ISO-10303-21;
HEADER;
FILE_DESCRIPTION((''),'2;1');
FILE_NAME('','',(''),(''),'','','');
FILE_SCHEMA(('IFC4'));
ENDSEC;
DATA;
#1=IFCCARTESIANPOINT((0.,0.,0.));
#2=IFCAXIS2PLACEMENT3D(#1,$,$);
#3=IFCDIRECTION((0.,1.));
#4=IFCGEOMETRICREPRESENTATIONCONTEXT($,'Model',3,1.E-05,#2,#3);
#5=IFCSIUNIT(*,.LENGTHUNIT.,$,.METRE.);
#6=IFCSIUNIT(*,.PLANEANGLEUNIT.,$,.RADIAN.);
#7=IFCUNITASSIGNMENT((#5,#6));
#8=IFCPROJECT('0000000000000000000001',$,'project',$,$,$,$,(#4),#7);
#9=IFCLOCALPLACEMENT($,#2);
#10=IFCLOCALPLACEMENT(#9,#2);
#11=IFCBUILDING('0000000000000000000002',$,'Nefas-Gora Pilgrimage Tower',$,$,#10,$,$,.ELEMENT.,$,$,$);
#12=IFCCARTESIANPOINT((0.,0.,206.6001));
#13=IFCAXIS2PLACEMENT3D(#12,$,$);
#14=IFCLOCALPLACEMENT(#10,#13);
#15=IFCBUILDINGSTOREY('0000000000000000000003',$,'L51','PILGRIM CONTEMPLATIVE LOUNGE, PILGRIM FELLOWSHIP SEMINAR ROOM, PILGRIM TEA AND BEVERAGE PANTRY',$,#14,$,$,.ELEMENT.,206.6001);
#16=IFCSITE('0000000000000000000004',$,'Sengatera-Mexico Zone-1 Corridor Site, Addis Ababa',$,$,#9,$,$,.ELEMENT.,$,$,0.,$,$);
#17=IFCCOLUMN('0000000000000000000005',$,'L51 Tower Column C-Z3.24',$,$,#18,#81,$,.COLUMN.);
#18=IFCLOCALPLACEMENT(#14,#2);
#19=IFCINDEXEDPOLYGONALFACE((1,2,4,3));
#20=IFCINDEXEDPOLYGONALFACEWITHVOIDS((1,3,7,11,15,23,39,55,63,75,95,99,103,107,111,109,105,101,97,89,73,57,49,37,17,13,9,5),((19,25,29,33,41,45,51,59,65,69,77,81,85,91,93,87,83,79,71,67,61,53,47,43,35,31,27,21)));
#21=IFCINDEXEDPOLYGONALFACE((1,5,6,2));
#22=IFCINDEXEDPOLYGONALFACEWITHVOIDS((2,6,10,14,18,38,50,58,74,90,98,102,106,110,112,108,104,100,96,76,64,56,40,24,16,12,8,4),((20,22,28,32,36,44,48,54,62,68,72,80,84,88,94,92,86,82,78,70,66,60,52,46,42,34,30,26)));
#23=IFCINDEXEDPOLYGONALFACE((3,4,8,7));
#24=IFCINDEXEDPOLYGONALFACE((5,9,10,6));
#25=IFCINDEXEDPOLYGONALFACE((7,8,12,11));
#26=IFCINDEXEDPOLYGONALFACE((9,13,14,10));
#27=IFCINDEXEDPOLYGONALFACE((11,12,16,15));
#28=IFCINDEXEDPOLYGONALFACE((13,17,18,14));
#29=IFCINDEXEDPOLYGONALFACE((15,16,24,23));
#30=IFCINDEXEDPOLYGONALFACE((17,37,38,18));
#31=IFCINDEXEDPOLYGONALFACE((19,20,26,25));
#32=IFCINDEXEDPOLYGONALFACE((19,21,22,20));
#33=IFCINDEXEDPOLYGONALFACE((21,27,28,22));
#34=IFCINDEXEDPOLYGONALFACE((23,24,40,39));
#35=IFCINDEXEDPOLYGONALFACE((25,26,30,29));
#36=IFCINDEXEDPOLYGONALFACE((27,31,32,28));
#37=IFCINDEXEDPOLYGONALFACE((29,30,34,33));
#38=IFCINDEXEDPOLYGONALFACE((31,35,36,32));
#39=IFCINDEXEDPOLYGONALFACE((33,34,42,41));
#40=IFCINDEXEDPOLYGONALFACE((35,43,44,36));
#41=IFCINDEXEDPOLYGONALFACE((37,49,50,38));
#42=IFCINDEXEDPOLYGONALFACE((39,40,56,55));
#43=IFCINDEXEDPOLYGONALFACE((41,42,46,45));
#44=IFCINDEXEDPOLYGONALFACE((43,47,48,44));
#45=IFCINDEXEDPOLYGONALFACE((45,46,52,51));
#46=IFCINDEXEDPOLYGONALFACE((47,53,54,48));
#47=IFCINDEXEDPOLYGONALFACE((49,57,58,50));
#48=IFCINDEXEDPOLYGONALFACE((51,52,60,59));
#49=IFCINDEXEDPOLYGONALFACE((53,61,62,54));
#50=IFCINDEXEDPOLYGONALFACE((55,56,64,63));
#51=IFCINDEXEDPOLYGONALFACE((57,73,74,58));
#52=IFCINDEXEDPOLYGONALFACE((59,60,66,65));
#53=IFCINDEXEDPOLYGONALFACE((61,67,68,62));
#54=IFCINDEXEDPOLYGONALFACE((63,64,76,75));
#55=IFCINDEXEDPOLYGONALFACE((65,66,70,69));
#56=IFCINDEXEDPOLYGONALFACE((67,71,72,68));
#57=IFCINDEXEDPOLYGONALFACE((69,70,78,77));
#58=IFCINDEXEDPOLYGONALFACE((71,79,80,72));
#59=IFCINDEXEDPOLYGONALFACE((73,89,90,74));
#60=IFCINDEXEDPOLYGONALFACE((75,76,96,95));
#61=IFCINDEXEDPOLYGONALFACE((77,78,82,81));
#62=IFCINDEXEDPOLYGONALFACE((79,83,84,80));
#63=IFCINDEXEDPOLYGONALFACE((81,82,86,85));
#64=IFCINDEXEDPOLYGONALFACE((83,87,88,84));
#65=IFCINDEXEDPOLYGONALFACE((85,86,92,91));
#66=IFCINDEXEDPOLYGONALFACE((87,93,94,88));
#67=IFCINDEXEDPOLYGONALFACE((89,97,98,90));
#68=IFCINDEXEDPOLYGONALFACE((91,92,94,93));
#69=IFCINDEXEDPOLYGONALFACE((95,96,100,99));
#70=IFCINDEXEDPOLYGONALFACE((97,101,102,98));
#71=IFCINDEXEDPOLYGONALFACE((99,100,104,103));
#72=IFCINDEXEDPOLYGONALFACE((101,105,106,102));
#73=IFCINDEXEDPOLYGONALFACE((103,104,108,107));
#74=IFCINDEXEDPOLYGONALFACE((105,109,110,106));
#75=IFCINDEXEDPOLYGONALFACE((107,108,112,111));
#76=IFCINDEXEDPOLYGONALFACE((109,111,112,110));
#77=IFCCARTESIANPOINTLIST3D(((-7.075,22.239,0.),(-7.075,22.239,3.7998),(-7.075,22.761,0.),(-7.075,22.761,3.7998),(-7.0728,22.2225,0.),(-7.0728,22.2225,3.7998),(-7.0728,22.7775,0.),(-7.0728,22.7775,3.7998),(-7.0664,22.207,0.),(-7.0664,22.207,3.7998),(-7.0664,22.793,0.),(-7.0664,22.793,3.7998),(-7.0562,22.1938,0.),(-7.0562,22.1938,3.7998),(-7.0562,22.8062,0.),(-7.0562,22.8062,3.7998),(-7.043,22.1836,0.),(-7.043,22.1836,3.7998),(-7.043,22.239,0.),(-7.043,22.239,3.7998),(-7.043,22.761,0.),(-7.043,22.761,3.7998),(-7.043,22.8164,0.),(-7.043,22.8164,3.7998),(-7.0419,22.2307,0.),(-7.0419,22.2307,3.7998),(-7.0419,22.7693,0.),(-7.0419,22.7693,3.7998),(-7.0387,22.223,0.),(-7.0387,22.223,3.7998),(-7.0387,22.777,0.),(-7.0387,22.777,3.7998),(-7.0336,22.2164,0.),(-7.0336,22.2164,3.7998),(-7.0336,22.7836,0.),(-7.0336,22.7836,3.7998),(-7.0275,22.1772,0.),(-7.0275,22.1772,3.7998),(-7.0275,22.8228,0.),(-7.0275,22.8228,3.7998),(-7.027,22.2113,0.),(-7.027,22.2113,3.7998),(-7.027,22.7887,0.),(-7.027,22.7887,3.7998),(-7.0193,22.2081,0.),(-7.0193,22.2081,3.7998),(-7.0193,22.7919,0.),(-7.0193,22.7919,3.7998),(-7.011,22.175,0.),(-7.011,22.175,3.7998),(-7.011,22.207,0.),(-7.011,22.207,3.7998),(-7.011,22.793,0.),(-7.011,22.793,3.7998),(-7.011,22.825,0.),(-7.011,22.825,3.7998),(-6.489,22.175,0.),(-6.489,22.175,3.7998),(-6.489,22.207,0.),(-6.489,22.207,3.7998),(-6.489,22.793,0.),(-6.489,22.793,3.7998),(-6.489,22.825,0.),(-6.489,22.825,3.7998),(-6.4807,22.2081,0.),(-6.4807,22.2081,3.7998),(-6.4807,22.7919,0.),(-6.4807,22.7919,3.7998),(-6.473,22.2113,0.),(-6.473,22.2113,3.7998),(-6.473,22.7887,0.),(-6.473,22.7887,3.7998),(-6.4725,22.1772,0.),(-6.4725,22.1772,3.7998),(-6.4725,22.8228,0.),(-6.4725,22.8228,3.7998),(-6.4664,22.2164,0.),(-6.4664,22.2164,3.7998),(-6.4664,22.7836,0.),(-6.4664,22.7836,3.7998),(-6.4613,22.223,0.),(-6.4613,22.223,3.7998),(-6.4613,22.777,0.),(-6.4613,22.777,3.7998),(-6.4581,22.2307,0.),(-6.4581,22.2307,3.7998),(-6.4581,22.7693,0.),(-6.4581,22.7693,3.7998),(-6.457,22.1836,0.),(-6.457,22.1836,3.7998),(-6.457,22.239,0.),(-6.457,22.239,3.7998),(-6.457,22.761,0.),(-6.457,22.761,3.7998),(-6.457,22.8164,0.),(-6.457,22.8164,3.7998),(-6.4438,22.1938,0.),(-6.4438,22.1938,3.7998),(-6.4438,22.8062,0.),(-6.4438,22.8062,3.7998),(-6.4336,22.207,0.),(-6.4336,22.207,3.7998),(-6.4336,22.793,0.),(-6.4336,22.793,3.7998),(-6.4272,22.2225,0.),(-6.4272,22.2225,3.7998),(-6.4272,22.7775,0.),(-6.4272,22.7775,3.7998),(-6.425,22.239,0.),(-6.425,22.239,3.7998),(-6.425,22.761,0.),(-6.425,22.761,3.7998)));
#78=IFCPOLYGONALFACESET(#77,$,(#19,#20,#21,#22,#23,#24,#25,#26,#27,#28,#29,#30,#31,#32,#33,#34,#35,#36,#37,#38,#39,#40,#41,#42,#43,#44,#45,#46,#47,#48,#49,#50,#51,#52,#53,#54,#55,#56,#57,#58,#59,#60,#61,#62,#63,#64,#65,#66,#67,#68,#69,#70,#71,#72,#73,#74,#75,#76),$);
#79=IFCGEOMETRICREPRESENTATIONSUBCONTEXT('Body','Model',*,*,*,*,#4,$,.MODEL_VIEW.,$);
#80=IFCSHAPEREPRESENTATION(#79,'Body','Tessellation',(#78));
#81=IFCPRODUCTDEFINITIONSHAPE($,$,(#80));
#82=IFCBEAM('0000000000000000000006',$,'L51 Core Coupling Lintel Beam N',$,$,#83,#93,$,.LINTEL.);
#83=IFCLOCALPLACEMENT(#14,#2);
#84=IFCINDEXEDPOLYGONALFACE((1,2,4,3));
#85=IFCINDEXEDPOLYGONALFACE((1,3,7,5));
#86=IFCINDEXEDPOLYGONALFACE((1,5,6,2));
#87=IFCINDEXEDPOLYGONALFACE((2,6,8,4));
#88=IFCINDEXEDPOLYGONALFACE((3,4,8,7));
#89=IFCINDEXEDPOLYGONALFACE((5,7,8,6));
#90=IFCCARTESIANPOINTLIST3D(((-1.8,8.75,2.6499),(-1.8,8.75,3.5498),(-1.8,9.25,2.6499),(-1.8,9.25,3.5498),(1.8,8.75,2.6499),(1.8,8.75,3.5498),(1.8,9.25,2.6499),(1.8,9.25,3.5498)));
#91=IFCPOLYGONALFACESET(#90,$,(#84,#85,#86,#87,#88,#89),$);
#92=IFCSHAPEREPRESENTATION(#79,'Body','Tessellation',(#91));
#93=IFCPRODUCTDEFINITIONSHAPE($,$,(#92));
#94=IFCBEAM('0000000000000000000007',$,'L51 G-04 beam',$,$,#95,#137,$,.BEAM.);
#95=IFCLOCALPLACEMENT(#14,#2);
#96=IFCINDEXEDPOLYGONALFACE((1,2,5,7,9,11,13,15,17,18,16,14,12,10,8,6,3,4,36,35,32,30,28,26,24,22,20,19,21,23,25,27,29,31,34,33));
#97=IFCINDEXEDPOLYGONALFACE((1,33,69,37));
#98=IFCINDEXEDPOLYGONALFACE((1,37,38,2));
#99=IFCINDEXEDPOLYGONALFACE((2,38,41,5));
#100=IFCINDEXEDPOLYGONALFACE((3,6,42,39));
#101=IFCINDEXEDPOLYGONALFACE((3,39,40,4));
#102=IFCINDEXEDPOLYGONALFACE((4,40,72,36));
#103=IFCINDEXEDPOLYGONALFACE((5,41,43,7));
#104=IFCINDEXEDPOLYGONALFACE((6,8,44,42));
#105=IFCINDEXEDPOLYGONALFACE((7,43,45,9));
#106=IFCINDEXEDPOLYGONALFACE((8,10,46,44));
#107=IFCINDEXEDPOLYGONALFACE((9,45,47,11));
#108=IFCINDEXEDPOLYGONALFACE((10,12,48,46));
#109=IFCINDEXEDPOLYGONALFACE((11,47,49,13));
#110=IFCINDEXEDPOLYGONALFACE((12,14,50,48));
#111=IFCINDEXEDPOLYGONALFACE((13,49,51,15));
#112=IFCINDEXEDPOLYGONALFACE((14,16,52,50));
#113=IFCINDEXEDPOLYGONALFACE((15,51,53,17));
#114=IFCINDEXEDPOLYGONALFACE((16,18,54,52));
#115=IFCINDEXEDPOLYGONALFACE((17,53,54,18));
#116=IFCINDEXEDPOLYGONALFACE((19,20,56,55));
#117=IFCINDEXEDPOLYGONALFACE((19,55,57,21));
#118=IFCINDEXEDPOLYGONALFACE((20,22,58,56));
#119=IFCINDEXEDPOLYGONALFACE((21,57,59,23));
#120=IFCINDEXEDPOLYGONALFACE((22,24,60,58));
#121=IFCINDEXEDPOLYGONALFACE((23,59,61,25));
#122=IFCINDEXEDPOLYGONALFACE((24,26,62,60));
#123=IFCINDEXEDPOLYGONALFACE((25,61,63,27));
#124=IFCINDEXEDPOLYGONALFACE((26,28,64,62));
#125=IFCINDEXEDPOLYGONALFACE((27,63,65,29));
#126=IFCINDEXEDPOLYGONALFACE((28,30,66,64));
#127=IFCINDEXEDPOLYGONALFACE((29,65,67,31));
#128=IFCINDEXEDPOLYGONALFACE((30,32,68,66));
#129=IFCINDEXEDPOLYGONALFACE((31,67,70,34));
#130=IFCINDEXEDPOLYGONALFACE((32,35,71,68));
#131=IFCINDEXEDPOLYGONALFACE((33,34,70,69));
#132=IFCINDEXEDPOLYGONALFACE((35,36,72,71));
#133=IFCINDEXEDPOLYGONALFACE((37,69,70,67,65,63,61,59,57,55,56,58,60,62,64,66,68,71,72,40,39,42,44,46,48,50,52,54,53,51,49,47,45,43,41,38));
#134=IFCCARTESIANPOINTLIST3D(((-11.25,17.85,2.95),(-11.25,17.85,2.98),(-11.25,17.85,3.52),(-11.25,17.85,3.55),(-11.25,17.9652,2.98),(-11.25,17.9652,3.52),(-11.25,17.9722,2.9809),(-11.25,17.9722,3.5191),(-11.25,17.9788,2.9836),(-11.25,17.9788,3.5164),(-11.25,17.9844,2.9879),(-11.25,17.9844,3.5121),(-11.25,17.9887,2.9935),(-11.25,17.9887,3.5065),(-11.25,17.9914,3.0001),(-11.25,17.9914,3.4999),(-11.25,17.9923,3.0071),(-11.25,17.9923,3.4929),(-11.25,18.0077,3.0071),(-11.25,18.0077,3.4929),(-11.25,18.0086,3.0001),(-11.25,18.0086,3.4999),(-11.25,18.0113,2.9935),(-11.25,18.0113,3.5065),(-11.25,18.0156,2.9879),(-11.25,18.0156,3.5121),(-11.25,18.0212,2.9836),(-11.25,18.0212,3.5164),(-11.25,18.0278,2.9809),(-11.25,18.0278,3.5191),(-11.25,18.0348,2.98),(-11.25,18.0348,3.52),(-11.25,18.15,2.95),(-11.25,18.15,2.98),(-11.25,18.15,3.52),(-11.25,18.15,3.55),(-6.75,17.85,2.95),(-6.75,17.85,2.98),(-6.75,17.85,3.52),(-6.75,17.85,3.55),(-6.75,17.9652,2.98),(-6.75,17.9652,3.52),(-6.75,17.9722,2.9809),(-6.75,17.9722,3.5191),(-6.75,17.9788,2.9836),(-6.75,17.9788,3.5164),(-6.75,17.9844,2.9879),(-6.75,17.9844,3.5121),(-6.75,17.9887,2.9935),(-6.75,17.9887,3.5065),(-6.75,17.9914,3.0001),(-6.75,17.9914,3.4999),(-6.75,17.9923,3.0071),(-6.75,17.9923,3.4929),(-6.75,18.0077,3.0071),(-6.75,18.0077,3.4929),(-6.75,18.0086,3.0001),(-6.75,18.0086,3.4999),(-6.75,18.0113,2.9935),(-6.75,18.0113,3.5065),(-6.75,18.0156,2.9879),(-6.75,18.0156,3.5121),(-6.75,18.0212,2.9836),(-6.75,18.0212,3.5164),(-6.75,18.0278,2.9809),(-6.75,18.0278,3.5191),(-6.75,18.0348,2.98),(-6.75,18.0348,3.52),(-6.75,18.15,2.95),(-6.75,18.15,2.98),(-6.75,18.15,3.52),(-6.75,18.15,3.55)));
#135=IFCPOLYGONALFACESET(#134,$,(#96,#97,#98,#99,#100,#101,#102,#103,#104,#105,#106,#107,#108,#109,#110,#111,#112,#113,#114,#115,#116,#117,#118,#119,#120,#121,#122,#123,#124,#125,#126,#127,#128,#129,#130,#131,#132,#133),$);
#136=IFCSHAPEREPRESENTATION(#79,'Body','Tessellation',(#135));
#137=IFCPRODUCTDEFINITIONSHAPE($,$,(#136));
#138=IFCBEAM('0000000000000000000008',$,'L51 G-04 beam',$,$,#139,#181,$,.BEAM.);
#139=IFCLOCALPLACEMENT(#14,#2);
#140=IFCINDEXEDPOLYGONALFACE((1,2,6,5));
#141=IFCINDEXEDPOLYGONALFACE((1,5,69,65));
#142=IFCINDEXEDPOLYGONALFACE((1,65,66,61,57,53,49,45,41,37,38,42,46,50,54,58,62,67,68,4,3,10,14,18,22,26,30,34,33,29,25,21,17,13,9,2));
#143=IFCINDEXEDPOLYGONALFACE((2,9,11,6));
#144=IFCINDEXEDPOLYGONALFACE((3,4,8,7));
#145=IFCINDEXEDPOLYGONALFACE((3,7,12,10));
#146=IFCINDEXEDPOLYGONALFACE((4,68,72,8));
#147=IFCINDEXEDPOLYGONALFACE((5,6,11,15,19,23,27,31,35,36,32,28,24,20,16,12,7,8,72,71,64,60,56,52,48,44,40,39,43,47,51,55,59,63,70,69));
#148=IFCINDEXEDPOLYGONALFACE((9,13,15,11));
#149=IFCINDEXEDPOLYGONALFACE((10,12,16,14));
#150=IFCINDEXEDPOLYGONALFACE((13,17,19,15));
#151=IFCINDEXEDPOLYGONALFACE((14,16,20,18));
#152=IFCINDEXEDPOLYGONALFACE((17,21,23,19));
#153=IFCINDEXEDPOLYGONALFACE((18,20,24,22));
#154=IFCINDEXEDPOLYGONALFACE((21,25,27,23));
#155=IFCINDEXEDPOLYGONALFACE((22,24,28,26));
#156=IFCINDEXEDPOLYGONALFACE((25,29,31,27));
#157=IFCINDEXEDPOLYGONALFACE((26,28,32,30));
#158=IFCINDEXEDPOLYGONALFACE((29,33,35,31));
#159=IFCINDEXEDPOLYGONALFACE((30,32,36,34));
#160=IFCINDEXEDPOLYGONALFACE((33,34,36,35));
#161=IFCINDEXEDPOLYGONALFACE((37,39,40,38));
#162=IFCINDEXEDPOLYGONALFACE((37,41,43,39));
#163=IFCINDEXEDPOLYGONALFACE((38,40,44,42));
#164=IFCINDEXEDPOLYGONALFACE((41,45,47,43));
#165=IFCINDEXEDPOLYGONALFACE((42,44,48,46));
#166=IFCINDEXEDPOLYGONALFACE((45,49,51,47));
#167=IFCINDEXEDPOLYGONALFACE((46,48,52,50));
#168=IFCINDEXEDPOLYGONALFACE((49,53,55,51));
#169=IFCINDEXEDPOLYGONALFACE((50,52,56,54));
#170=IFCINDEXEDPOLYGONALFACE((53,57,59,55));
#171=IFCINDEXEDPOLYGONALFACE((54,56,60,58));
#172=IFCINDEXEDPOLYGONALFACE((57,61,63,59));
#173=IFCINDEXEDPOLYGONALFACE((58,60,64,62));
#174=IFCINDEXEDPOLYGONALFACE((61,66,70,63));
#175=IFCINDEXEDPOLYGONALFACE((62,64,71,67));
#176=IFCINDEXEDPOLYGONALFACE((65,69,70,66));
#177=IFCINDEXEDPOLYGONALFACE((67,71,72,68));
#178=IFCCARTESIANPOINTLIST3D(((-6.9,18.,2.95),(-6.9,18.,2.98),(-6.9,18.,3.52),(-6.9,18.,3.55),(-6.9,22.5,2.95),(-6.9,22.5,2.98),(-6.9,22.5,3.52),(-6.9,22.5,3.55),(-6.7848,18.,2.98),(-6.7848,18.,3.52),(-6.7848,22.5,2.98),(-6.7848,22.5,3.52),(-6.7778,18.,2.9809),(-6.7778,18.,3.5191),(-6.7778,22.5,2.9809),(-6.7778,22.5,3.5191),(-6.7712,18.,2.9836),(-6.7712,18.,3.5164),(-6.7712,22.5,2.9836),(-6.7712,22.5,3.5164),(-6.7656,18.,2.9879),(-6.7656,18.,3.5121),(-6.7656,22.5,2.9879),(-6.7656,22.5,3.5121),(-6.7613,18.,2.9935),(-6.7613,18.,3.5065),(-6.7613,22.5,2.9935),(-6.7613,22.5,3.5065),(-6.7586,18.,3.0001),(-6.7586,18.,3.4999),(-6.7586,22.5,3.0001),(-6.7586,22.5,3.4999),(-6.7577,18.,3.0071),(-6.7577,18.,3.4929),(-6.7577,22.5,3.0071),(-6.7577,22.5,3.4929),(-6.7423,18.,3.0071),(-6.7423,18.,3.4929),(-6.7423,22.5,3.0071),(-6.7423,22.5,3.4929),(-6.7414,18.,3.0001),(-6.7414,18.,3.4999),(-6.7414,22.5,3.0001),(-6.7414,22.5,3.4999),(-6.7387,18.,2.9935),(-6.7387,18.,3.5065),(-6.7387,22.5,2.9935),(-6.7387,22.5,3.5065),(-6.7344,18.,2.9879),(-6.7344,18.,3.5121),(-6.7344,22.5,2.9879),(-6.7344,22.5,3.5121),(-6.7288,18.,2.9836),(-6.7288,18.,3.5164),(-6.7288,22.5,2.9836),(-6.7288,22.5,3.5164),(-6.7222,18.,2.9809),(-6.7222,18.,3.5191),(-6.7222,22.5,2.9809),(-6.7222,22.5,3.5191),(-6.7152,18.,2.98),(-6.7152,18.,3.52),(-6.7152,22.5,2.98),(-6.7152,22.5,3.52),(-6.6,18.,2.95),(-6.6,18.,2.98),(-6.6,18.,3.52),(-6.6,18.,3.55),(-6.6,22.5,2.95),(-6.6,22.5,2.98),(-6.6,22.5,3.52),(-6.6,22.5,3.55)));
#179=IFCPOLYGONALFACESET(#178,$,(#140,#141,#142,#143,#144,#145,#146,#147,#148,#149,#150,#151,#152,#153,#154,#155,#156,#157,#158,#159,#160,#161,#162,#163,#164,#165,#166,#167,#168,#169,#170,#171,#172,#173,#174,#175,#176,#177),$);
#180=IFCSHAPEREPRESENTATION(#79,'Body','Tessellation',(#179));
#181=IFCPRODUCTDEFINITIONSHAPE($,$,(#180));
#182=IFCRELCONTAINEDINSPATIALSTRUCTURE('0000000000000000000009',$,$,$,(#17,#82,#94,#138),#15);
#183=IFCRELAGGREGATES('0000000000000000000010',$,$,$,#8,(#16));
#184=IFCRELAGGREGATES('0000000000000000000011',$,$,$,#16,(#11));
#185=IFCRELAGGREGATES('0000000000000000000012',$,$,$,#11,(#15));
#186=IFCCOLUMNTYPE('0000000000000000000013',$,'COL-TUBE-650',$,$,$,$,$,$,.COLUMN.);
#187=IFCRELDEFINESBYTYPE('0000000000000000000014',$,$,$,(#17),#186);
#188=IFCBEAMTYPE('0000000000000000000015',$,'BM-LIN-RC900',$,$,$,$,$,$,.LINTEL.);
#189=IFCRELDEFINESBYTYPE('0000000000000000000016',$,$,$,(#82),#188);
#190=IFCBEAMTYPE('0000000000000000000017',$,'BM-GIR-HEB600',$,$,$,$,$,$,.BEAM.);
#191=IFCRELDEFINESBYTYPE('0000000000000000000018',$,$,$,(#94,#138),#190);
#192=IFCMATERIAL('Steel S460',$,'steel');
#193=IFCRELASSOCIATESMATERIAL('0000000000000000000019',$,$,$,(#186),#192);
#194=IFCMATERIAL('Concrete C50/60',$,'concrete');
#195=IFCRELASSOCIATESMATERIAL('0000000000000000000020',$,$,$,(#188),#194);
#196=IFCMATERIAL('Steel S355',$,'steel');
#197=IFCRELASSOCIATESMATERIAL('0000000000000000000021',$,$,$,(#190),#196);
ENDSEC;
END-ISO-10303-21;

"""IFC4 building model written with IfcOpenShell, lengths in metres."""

from ifc_helpers import new_model, si_unit, direction, frame, origin, origin_2d, place, context, subcontext, project, spatial, rectangle, hollow_rectangle, i_section, extrude, source, transform, mapped, material, material_profile, profile_set, type_object, element, save


model = new_model("IFC4")

# Units and contexts
model_context = context("Model", 3, precision=1e-05, world=origin(), true_north=direction((0.0, 1.0)))
body_context = subcontext(model_context, "Body", "Model", "MODEL_VIEW")
ifc_project = project(units=[si_unit("LENGTHUNIT", "METRE"), si_unit("PLANEANGLEUNIT", "RADIAN")], contexts=[model_context])

# Site, building, storey
site_placement = place(None, origin())
site = spatial("IfcSite", under=ifc_project, at=site_placement, Name="Sengatera-Mexico Zone-1 Corridor Site, Addis Ababa", CompositionType="ELEMENT", RefElevation=0.0)
building_placement = place(site_placement, origin())
building = spatial("IfcBuilding", under=site, at=building_placement, Name="Nefas-Gora Pilgrimage Tower", CompositionType="ELEMENT")
storey_placement = place(building_placement, frame((0.0, 0.0, 206.6001)))
storey = spatial("IfcBuildingStorey", under=building, at=storey_placement, Name="L51", Description="PILGRIM CONTEMPLATIVE LOUNGE, PILGRIM FELLOWSHIP SEMINAR ROOM, PILGRIM TEA AND BEVERAGE PANTRY", CompositionType="ELEMENT", Elevation=206.6001)

# Column
ifc_material_1 = material(Name="Steel S460", Category="steel")
ifc_material_profile_1 = material_profile(ifc_material_1, hollow_rectangle(XDim=0.6499, YDim=0.6499, WallThickness=0.032, InnerFilletRadius=0.032, OuterFilletRadius=0.064, at=origin_2d()), Name="BOX 650x650x32")
ifc_profile_set_1 = profile_set([ifc_material_profile_1], Name="Steel S460")
column_type_1 = type_object("IfcColumnType", Name="COL-TUBE-650", PredefinedType="COLUMN", material=ifc_profile_set_1)
shared_shape_1 = source(origin(), body_context, "Body", "SweptSolid", [
    extrude(hollow_rectangle(XDim=0.6499, YDim=0.6499, WallThickness=0.032, InnerFilletRadius=0.032, OuterFilletRadius=0.064, at=origin_2d()), origin(), (0.0, 0.0, 1.0), 3.7998),
])
column_placement = place(storey_placement, frame((-6.75, 22.5, 0.0), z_axis=(0.0, 0.0, 1.0), x_axis=(1.0, 0.0, 0.0)))
element("IfcColumn", 1, at=column_placement, inside=storey, type_object=column_type_1, Name="L51 Tower Column C-Z3.24", PredefinedType="COLUMN", context=body_context, shape_type="MappedRepresentation", body=[
    mapped(shared_shape_1, transform((0.0, 0.0, 0.0), x_axis=(1.0, 0.0, 0.0), y_axis=(0.0, 1.0, 0.0), z_axis=(0.0, 0.0, 1.0), scale=1.0)),
])

# Beams
ifc_material_2 = material(Name="Concrete C50/60", Category="concrete")
ifc_material_profile_2 = material_profile(ifc_material_2, rectangle(XDim=0.5, YDim=0.8999, at=origin_2d()), Name="RC 500x900")
ifc_profile_set_2 = profile_set([ifc_material_profile_2], Name="Concrete C50/60")
beam_type_1 = type_object("IfcBeamType", Name="BM-LIN-RC900", PredefinedType="LINTEL", material=ifc_profile_set_2)
shared_shape_2 = source(origin(), body_context, "Body", "SweptSolid", [
    extrude(rectangle(XDim=0.5, YDim=0.8999, at=origin_2d()), origin(), (0.0, 0.0, 1.0), 3.6001),
])
beam_placement = place(storey_placement, frame((-1.8, 9.0, 3.0999), z_axis=(1.0, 0.0, 0.0), x_axis=(0.0, 1.0, 0.0)))
element("IfcBeam", 2, at=beam_placement, inside=storey, type_object=beam_type_1, Name="L51 Core Coupling Lintel Beam N", PredefinedType="LINTEL", context=body_context, shape_type="MappedRepresentation", body=[
    mapped(shared_shape_2, transform((0.0, 0.0, 0.0), x_axis=(1.0, 0.0, 0.0), y_axis=(0.0, 1.0, 0.0), z_axis=(0.0, 0.0, 1.0), scale=1.0)),
])
ifc_material_3 = material(Name="Steel S355", Category="steel")
ifc_material_profile_3 = material_profile(ifc_material_3, i_section(OverallWidth=0.3, OverallDepth=0.6001, WebThickness=0.0154, FlangeThickness=0.03, FilletRadius=0.0271, at=origin_2d()), Name="HEB 600")
ifc_profile_set_3 = profile_set([ifc_material_profile_3], Name="Steel S355")
beam_type_2 = type_object("IfcBeamType", Name="BM-GIR-HEB600", PredefinedType="BEAM", material=ifc_profile_set_3)
shared_shape_3 = source(origin(), body_context, "Body", "SweptSolid", [
    extrude(i_section(OverallWidth=0.3, OverallDepth=0.6001, WebThickness=0.0154, FlangeThickness=0.03, FilletRadius=0.0271, at=origin_2d()), origin(), (0.0, 0.0, 1.0), 4.5),
])
for number, where, z_axis, x_axis, name in (
    (3, (-11.25, 18.0, 3.25), (1.0, 0.0, 0.0), (0.0, 1.0, 0.0), "L51 G-04 beam"),
    (4, (-6.75, 18.0, 3.25), (0.0, 1.0, 0.0), (-1.0, 0.0, 0.0), "L51 G-04 beam"),
):
    element("IfcBeam", number, at=place(storey_placement, frame(where, z_axis=z_axis, x_axis=x_axis)), inside=storey, type_object=beam_type_2, Name=name, PredefinedType="BEAM", context=body_context, shape_type="MappedRepresentation", body=[
        mapped(shared_shape_3, transform((0.0, 0.0, 0.0), x_axis=(1.0, 0.0, 0.0), y_axis=(0.0, 1.0, 0.0), z_axis=(0.0, 0.0, 1.0), scale=1.0)),
    ])

save(model, "model.ifc")
